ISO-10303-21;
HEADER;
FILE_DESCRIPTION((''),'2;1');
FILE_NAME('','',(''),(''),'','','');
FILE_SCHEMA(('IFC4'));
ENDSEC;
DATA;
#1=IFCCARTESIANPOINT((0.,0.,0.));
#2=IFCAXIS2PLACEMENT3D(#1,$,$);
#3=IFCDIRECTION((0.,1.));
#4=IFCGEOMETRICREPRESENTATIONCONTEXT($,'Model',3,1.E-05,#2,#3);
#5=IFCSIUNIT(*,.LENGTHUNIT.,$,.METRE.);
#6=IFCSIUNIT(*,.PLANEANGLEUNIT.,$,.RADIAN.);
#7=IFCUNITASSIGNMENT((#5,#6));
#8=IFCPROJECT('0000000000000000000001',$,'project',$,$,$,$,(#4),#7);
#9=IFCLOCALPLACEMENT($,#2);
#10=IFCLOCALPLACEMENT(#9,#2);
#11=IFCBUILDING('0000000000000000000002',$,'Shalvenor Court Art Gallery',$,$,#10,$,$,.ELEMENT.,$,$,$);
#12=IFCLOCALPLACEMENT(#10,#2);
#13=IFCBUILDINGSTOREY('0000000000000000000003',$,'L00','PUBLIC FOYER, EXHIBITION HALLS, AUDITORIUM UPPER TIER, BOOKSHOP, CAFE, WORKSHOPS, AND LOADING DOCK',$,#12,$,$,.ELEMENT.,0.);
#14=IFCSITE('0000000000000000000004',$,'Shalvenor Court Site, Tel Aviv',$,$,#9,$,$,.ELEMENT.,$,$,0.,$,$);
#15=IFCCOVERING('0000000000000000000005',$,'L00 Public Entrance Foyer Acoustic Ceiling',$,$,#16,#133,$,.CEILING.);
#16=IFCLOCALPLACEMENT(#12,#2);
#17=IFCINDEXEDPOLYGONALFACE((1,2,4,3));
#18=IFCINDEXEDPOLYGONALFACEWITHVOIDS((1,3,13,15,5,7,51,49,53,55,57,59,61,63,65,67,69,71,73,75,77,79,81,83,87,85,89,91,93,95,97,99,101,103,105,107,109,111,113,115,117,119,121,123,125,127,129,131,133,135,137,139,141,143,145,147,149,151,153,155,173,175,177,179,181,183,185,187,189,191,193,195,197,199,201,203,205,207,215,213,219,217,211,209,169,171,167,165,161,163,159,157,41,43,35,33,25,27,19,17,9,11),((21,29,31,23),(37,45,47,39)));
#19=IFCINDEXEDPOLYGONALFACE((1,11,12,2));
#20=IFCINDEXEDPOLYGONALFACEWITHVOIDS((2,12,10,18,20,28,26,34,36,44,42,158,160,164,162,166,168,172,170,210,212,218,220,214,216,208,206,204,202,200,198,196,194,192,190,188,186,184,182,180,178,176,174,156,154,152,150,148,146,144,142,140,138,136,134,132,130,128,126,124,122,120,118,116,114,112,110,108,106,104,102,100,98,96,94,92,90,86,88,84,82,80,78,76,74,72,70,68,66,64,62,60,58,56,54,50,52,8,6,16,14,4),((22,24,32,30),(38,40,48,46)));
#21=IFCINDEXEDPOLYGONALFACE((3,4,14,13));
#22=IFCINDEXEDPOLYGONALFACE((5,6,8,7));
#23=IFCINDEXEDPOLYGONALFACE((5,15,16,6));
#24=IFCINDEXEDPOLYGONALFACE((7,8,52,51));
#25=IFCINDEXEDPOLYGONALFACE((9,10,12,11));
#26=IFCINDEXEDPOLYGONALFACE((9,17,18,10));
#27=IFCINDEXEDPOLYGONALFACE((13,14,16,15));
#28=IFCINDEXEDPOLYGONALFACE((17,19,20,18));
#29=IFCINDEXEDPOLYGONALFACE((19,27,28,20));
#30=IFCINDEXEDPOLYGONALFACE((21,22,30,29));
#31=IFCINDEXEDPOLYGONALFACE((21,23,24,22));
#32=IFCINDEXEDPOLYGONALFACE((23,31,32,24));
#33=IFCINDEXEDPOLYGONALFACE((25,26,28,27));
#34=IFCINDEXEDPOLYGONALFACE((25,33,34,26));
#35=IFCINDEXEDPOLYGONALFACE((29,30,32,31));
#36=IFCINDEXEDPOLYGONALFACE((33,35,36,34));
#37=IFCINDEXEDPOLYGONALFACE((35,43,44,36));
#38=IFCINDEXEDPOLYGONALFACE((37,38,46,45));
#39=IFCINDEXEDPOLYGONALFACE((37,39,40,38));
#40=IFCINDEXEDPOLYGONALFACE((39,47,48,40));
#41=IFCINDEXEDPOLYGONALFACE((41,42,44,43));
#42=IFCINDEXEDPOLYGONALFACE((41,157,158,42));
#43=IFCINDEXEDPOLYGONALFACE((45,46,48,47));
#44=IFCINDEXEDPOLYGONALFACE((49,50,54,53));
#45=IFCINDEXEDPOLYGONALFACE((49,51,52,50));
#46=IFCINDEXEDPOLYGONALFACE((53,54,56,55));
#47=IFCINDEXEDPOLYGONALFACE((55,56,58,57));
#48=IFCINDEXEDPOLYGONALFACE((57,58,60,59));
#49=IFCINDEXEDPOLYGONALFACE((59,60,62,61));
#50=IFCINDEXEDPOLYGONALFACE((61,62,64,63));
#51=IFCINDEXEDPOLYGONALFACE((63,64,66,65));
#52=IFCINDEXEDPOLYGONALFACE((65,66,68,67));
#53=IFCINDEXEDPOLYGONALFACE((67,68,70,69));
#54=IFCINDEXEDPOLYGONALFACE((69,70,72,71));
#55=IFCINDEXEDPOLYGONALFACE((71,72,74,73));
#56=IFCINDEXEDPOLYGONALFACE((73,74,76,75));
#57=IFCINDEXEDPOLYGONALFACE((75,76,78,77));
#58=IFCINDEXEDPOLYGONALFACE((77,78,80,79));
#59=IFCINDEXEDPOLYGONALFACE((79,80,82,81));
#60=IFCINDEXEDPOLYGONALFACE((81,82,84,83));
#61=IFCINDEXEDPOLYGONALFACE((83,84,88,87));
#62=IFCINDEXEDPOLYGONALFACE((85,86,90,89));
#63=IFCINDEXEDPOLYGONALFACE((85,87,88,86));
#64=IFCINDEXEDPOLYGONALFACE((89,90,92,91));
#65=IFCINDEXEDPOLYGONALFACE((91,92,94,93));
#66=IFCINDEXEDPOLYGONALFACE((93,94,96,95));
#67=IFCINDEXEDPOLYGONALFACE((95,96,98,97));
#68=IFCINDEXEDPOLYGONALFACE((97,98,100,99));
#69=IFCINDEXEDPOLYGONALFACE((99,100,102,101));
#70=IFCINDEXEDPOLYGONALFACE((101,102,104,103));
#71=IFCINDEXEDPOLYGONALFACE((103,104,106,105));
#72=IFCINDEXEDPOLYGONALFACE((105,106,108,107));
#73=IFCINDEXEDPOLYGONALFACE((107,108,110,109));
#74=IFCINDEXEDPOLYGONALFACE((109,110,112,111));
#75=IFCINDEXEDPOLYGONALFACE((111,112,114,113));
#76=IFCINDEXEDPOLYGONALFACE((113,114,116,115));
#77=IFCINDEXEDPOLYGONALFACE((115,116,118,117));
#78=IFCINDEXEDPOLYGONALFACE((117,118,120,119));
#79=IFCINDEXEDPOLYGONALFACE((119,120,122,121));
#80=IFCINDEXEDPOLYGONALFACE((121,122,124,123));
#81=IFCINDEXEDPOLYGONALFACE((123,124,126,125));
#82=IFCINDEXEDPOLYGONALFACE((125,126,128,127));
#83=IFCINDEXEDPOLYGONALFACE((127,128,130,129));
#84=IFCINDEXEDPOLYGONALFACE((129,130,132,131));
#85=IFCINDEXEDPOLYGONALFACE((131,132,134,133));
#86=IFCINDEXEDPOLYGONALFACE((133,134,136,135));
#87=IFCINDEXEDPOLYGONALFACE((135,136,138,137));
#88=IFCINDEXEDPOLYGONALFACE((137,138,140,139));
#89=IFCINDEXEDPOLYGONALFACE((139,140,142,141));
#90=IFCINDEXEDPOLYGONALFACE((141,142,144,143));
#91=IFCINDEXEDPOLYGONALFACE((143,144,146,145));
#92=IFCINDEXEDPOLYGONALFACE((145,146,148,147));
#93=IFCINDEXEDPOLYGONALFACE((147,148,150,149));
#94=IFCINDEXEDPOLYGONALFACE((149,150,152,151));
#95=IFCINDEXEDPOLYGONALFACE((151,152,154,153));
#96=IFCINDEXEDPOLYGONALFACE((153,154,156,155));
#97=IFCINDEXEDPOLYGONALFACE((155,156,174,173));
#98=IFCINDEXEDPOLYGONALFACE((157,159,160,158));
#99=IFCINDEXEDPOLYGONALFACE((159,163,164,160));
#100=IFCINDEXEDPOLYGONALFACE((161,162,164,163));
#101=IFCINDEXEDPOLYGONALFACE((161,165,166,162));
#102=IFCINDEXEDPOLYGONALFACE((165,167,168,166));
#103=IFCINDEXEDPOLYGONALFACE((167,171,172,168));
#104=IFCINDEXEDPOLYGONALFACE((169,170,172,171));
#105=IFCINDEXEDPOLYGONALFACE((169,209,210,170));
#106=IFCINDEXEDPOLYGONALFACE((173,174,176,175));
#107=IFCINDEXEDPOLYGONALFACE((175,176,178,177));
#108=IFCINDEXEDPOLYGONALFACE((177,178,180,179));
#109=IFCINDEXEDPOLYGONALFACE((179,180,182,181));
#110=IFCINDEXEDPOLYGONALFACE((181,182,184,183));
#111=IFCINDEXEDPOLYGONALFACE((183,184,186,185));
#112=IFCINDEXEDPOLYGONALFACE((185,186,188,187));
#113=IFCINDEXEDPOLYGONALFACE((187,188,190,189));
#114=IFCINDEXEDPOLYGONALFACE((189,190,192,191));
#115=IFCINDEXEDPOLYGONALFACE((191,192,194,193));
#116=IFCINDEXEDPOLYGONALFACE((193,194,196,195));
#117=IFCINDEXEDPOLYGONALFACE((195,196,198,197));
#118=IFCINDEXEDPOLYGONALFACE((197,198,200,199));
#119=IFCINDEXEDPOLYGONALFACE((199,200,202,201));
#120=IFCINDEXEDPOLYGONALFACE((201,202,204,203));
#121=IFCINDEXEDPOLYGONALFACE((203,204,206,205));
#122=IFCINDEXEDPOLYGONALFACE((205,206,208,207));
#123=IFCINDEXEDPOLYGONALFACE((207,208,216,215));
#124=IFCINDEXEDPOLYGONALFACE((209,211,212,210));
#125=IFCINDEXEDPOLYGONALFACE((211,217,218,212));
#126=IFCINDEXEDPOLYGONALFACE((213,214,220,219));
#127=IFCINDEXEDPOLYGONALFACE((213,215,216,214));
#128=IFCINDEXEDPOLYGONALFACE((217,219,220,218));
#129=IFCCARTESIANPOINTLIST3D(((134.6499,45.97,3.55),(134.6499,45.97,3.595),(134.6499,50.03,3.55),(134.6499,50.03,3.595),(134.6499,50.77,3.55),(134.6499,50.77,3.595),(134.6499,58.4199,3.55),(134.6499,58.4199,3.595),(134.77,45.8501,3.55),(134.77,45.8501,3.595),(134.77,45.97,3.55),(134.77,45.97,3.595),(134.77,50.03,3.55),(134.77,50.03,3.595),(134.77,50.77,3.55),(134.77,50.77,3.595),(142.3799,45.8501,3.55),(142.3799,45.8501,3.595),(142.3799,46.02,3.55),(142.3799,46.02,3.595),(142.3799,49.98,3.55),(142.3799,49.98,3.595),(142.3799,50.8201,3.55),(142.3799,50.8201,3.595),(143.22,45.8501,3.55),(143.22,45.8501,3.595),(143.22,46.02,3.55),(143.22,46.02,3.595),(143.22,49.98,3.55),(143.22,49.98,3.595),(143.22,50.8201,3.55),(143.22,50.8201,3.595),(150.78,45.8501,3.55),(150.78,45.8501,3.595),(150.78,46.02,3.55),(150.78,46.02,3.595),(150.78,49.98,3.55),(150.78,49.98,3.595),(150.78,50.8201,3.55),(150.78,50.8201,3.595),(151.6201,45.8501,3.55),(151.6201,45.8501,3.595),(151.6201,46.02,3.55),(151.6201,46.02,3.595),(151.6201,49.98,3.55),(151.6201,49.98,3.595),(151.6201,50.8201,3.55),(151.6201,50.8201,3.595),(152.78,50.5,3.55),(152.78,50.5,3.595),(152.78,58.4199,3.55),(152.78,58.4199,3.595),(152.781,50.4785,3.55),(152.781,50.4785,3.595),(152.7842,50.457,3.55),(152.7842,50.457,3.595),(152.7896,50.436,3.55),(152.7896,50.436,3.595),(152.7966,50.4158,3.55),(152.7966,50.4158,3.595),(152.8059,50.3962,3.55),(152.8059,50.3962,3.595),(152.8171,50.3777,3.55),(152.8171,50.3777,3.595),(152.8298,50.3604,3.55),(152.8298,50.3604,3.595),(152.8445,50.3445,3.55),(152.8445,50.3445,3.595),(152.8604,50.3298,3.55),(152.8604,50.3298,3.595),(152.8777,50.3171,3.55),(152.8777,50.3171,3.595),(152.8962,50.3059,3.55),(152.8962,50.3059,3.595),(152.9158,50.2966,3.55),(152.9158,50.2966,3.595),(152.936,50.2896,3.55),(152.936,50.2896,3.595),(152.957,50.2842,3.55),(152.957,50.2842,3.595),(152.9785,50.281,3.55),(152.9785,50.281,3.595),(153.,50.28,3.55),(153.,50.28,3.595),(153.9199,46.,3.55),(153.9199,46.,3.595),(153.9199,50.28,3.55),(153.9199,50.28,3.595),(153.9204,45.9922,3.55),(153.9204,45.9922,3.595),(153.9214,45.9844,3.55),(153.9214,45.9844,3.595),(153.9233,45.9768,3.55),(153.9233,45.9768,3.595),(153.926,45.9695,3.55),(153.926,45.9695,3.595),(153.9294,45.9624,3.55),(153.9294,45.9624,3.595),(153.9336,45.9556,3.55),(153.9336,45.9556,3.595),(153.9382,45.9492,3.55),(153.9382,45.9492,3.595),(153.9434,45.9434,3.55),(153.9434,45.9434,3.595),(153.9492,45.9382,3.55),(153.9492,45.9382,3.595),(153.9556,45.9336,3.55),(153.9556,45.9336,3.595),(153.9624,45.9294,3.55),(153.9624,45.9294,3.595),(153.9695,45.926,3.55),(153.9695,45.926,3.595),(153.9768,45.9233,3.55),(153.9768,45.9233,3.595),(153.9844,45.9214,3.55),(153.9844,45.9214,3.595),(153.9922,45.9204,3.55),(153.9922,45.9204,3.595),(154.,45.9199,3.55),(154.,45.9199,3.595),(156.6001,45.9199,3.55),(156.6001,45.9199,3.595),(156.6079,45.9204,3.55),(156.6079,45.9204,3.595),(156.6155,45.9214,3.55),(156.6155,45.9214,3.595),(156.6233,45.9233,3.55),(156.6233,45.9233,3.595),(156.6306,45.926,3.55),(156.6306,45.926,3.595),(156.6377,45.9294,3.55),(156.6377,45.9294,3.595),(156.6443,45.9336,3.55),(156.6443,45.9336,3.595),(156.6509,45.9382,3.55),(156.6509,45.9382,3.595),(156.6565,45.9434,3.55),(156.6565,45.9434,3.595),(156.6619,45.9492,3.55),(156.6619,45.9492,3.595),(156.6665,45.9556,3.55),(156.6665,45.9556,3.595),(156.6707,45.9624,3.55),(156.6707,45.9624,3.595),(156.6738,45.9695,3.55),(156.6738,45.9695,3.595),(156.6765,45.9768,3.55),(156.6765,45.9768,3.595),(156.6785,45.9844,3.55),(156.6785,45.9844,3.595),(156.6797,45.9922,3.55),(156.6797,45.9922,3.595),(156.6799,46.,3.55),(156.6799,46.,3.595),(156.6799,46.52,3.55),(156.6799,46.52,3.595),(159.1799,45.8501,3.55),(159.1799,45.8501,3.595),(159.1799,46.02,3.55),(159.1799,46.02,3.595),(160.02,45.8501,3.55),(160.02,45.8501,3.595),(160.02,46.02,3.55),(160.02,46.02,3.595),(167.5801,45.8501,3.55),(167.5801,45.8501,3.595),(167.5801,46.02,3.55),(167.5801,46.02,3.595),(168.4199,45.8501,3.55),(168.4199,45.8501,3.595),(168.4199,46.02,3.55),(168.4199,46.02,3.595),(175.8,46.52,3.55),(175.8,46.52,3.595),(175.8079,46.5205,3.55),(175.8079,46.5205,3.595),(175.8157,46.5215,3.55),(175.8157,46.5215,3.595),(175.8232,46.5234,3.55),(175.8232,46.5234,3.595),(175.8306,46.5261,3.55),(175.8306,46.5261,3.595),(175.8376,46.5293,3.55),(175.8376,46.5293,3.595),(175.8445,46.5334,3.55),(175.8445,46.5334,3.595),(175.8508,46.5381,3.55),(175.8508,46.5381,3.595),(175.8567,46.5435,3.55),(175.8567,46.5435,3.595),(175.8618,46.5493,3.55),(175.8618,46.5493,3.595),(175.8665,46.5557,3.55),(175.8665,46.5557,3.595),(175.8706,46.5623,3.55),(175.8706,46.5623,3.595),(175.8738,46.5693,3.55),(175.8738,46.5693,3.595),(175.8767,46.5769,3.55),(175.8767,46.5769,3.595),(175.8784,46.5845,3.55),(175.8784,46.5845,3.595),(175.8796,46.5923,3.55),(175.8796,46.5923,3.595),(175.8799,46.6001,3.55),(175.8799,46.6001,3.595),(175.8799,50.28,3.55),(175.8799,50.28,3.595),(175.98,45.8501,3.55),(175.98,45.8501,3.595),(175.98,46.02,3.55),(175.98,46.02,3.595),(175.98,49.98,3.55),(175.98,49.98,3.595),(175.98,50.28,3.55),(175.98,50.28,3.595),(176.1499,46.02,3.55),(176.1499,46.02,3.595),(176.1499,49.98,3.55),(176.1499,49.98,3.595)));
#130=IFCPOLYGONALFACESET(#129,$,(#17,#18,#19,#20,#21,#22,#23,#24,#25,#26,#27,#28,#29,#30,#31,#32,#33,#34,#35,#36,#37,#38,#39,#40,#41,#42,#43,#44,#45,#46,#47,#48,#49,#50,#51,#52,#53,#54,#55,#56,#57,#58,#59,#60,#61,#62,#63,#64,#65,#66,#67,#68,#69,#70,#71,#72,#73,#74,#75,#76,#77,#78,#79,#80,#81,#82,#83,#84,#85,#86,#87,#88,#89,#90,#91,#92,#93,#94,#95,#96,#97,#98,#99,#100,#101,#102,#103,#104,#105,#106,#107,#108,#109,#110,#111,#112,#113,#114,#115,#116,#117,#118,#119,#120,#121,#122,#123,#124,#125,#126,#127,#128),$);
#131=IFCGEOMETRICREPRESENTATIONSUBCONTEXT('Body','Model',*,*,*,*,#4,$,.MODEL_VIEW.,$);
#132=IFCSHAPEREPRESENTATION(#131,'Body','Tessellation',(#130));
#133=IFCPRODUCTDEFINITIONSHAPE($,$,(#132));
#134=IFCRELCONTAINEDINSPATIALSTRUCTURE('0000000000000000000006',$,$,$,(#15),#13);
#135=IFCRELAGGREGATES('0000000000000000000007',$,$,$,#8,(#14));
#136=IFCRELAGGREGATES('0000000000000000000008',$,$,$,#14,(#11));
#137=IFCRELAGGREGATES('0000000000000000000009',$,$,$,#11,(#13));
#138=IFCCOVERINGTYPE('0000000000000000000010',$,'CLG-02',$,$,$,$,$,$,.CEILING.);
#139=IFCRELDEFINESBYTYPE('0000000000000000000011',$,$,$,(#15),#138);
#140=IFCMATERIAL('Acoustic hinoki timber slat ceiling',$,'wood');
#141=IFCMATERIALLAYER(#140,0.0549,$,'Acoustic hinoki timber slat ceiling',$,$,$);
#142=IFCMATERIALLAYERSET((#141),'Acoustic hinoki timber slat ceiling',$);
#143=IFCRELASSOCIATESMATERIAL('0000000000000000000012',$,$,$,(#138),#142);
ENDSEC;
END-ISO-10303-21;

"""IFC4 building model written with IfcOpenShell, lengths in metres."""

from ifc_helpers import new_model, si_unit, direction, frame, origin, place, context, subcontext, project, spatial, polyline, outline, extrude, material, layer, layer_set, type_object, element, save


model = new_model("IFC4")

# Units and contexts
model_context = context("Model", 3, precision=1e-05, world=origin(), true_north=direction((0.0, 1.0)))
body_context = subcontext(model_context, "Body", "Model", "MODEL_VIEW")
ifc_project = project(units=[si_unit("LENGTHUNIT", "METRE"), si_unit("PLANEANGLEUNIT", "RADIAN")], contexts=[model_context])

# Site, building, storey
site_placement = place(None, origin())
site = spatial("IfcSite", under=ifc_project, at=site_placement, Name="Shalvenor Court Site, Tel Aviv", CompositionType="ELEMENT", RefElevation=0.0)
building_placement = place(site_placement, origin())
building = spatial("IfcBuilding", under=site, at=building_placement, Name="Shalvenor Court Art Gallery", CompositionType="ELEMENT")
storey_placement = place(building_placement, origin())
storey = spatial("IfcBuildingStorey", under=building, at=storey_placement, Name="L00", Description="PUBLIC FOYER, EXHIBITION HALLS, AUDITORIUM UPPER TIER, BOOKSHOP, CAFE, WORKSHOPS, AND LOADING DOCK", CompositionType="ELEMENT", Elevation=0.0)

# Covering
ifc_material_1 = material(Name="Acoustic hinoki timber slat ceiling", Category="wood")
ifc_layer_1 = layer(ifc_material_1, 0.0549, Name="Acoustic hinoki timber slat ceiling")
ifc_layer_set_1 = layer_set([ifc_layer_1], Name="Acoustic hinoki timber slat ceiling")
covering_type_1 = type_object("IfcCoveringType", Name="CLG-02", PredefinedType="CEILING", material=ifc_layer_set_1)
covering_1_placement = place(storey_placement, frame((0.0, 0.0, 3.55)))
element("IfcCovering", 1, at=covering_1_placement, inside=storey, type_object=covering_type_1, Name="L00 Public Entrance Foyer Acoustic Ceiling", PredefinedType="CEILING", context=body_context, shape_type="SweptSolid", body=[
    extrude(outline(polyline([(152.78, 58.4199), (152.78, 50.5), (152.781, 50.4785), (152.7842, 50.457), (152.7896, 50.436), (152.7966, 50.4158), (152.8059, 50.3962), (152.8171, 50.3777), (152.8298, 50.3604), (152.8445, 50.3445), (152.8604, 50.3298), (152.8777, 50.3171), (152.8962, 50.3059), (152.9158, 50.2966), (152.936, 50.2896), (152.957, 50.2842), (152.9785, 50.281), (153.0, 50.28), (153.9199, 50.28), (153.9199, 46.0), (153.9204, 45.9922), (153.9214, 45.9844), (153.9233, 45.9768), (153.926, 45.9695), (153.9294, 45.9624), (153.9336, 45.9556), (153.9382, 45.9492), (153.9434, 45.9434), (153.9492, 45.9382), (153.9556, 45.9336), (153.9624, 45.9294), (153.9695, 45.926), (153.9768, 45.9233), (153.9844, 45.9214), (153.9922, 45.9204), (154.0, 45.9199), (156.6001, 45.9199), (156.6079, 45.9204), (156.6155, 45.9214), (156.6233, 45.9233), (156.6306, 45.926), (156.6377, 45.9294), (156.6443, 45.9336), (156.6509, 45.9382), (156.6565, 45.9434), (156.6619, 45.9492), (156.6665, 45.9556), (156.6707, 45.9624), (156.6738, 45.9695), (156.6765, 45.9768), (156.6785, 45.9844), (156.6797, 45.9922), (156.6799, 46.0), (156.6799, 46.52), (175.8, 46.52), (175.8079, 46.5205), (175.8157, 46.5215), (175.8232, 46.5234), (175.8306, 46.5261), (175.8376, 46.5293), (175.8445, 46.5334), (175.8508, 46.5381), (175.8567, 46.5435), (175.8618, 46.5493), (175.8665, 46.5557), (175.8706, 46.5623), (175.8738, 46.5693), (175.8767, 46.5769), (175.8784, 46.5845), (175.8796, 46.5923), (175.8799, 46.6001), (175.8799, 50.28), (175.98, 50.28), (175.98, 49.98), (176.1499, 49.98), (176.1499, 46.02), (175.98, 46.02), (175.98, 45.8501), (168.4199, 45.8501), (168.4199, 46.02), (167.5801, 46.02), (167.5801, 45.8501), (160.02, 45.8501), (160.02, 46.02), (159.1799, 46.02), (159.1799, 45.8501), (151.6201, 45.8501), (151.6201, 46.02), (150.78, 46.02), (150.78, 45.8501), (143.22, 45.8501), (143.22, 46.02), (142.3799, 46.02), (142.3799, 45.8501), (134.77, 45.8501), (134.77, 45.97), (134.6499, 45.97), (134.6499, 50.03), (134.77, 50.03), (134.77, 50.77), (134.6499, 50.77), (134.6499, 58.4199), (152.78, 58.4199)]), holes=[polyline([(143.22, 50.8201), (142.3799, 50.8201), (142.3799, 49.98), (143.22, 49.98), (143.22, 50.8201)]), polyline([(151.6201, 50.8201), (150.78, 50.8201), (150.78, 49.98), (151.6201, 49.98), (151.6201, 50.8201)])]), origin(), (0.0, 0.0, 1.0), 0.0449),
])

save(model, "model.ifc")
